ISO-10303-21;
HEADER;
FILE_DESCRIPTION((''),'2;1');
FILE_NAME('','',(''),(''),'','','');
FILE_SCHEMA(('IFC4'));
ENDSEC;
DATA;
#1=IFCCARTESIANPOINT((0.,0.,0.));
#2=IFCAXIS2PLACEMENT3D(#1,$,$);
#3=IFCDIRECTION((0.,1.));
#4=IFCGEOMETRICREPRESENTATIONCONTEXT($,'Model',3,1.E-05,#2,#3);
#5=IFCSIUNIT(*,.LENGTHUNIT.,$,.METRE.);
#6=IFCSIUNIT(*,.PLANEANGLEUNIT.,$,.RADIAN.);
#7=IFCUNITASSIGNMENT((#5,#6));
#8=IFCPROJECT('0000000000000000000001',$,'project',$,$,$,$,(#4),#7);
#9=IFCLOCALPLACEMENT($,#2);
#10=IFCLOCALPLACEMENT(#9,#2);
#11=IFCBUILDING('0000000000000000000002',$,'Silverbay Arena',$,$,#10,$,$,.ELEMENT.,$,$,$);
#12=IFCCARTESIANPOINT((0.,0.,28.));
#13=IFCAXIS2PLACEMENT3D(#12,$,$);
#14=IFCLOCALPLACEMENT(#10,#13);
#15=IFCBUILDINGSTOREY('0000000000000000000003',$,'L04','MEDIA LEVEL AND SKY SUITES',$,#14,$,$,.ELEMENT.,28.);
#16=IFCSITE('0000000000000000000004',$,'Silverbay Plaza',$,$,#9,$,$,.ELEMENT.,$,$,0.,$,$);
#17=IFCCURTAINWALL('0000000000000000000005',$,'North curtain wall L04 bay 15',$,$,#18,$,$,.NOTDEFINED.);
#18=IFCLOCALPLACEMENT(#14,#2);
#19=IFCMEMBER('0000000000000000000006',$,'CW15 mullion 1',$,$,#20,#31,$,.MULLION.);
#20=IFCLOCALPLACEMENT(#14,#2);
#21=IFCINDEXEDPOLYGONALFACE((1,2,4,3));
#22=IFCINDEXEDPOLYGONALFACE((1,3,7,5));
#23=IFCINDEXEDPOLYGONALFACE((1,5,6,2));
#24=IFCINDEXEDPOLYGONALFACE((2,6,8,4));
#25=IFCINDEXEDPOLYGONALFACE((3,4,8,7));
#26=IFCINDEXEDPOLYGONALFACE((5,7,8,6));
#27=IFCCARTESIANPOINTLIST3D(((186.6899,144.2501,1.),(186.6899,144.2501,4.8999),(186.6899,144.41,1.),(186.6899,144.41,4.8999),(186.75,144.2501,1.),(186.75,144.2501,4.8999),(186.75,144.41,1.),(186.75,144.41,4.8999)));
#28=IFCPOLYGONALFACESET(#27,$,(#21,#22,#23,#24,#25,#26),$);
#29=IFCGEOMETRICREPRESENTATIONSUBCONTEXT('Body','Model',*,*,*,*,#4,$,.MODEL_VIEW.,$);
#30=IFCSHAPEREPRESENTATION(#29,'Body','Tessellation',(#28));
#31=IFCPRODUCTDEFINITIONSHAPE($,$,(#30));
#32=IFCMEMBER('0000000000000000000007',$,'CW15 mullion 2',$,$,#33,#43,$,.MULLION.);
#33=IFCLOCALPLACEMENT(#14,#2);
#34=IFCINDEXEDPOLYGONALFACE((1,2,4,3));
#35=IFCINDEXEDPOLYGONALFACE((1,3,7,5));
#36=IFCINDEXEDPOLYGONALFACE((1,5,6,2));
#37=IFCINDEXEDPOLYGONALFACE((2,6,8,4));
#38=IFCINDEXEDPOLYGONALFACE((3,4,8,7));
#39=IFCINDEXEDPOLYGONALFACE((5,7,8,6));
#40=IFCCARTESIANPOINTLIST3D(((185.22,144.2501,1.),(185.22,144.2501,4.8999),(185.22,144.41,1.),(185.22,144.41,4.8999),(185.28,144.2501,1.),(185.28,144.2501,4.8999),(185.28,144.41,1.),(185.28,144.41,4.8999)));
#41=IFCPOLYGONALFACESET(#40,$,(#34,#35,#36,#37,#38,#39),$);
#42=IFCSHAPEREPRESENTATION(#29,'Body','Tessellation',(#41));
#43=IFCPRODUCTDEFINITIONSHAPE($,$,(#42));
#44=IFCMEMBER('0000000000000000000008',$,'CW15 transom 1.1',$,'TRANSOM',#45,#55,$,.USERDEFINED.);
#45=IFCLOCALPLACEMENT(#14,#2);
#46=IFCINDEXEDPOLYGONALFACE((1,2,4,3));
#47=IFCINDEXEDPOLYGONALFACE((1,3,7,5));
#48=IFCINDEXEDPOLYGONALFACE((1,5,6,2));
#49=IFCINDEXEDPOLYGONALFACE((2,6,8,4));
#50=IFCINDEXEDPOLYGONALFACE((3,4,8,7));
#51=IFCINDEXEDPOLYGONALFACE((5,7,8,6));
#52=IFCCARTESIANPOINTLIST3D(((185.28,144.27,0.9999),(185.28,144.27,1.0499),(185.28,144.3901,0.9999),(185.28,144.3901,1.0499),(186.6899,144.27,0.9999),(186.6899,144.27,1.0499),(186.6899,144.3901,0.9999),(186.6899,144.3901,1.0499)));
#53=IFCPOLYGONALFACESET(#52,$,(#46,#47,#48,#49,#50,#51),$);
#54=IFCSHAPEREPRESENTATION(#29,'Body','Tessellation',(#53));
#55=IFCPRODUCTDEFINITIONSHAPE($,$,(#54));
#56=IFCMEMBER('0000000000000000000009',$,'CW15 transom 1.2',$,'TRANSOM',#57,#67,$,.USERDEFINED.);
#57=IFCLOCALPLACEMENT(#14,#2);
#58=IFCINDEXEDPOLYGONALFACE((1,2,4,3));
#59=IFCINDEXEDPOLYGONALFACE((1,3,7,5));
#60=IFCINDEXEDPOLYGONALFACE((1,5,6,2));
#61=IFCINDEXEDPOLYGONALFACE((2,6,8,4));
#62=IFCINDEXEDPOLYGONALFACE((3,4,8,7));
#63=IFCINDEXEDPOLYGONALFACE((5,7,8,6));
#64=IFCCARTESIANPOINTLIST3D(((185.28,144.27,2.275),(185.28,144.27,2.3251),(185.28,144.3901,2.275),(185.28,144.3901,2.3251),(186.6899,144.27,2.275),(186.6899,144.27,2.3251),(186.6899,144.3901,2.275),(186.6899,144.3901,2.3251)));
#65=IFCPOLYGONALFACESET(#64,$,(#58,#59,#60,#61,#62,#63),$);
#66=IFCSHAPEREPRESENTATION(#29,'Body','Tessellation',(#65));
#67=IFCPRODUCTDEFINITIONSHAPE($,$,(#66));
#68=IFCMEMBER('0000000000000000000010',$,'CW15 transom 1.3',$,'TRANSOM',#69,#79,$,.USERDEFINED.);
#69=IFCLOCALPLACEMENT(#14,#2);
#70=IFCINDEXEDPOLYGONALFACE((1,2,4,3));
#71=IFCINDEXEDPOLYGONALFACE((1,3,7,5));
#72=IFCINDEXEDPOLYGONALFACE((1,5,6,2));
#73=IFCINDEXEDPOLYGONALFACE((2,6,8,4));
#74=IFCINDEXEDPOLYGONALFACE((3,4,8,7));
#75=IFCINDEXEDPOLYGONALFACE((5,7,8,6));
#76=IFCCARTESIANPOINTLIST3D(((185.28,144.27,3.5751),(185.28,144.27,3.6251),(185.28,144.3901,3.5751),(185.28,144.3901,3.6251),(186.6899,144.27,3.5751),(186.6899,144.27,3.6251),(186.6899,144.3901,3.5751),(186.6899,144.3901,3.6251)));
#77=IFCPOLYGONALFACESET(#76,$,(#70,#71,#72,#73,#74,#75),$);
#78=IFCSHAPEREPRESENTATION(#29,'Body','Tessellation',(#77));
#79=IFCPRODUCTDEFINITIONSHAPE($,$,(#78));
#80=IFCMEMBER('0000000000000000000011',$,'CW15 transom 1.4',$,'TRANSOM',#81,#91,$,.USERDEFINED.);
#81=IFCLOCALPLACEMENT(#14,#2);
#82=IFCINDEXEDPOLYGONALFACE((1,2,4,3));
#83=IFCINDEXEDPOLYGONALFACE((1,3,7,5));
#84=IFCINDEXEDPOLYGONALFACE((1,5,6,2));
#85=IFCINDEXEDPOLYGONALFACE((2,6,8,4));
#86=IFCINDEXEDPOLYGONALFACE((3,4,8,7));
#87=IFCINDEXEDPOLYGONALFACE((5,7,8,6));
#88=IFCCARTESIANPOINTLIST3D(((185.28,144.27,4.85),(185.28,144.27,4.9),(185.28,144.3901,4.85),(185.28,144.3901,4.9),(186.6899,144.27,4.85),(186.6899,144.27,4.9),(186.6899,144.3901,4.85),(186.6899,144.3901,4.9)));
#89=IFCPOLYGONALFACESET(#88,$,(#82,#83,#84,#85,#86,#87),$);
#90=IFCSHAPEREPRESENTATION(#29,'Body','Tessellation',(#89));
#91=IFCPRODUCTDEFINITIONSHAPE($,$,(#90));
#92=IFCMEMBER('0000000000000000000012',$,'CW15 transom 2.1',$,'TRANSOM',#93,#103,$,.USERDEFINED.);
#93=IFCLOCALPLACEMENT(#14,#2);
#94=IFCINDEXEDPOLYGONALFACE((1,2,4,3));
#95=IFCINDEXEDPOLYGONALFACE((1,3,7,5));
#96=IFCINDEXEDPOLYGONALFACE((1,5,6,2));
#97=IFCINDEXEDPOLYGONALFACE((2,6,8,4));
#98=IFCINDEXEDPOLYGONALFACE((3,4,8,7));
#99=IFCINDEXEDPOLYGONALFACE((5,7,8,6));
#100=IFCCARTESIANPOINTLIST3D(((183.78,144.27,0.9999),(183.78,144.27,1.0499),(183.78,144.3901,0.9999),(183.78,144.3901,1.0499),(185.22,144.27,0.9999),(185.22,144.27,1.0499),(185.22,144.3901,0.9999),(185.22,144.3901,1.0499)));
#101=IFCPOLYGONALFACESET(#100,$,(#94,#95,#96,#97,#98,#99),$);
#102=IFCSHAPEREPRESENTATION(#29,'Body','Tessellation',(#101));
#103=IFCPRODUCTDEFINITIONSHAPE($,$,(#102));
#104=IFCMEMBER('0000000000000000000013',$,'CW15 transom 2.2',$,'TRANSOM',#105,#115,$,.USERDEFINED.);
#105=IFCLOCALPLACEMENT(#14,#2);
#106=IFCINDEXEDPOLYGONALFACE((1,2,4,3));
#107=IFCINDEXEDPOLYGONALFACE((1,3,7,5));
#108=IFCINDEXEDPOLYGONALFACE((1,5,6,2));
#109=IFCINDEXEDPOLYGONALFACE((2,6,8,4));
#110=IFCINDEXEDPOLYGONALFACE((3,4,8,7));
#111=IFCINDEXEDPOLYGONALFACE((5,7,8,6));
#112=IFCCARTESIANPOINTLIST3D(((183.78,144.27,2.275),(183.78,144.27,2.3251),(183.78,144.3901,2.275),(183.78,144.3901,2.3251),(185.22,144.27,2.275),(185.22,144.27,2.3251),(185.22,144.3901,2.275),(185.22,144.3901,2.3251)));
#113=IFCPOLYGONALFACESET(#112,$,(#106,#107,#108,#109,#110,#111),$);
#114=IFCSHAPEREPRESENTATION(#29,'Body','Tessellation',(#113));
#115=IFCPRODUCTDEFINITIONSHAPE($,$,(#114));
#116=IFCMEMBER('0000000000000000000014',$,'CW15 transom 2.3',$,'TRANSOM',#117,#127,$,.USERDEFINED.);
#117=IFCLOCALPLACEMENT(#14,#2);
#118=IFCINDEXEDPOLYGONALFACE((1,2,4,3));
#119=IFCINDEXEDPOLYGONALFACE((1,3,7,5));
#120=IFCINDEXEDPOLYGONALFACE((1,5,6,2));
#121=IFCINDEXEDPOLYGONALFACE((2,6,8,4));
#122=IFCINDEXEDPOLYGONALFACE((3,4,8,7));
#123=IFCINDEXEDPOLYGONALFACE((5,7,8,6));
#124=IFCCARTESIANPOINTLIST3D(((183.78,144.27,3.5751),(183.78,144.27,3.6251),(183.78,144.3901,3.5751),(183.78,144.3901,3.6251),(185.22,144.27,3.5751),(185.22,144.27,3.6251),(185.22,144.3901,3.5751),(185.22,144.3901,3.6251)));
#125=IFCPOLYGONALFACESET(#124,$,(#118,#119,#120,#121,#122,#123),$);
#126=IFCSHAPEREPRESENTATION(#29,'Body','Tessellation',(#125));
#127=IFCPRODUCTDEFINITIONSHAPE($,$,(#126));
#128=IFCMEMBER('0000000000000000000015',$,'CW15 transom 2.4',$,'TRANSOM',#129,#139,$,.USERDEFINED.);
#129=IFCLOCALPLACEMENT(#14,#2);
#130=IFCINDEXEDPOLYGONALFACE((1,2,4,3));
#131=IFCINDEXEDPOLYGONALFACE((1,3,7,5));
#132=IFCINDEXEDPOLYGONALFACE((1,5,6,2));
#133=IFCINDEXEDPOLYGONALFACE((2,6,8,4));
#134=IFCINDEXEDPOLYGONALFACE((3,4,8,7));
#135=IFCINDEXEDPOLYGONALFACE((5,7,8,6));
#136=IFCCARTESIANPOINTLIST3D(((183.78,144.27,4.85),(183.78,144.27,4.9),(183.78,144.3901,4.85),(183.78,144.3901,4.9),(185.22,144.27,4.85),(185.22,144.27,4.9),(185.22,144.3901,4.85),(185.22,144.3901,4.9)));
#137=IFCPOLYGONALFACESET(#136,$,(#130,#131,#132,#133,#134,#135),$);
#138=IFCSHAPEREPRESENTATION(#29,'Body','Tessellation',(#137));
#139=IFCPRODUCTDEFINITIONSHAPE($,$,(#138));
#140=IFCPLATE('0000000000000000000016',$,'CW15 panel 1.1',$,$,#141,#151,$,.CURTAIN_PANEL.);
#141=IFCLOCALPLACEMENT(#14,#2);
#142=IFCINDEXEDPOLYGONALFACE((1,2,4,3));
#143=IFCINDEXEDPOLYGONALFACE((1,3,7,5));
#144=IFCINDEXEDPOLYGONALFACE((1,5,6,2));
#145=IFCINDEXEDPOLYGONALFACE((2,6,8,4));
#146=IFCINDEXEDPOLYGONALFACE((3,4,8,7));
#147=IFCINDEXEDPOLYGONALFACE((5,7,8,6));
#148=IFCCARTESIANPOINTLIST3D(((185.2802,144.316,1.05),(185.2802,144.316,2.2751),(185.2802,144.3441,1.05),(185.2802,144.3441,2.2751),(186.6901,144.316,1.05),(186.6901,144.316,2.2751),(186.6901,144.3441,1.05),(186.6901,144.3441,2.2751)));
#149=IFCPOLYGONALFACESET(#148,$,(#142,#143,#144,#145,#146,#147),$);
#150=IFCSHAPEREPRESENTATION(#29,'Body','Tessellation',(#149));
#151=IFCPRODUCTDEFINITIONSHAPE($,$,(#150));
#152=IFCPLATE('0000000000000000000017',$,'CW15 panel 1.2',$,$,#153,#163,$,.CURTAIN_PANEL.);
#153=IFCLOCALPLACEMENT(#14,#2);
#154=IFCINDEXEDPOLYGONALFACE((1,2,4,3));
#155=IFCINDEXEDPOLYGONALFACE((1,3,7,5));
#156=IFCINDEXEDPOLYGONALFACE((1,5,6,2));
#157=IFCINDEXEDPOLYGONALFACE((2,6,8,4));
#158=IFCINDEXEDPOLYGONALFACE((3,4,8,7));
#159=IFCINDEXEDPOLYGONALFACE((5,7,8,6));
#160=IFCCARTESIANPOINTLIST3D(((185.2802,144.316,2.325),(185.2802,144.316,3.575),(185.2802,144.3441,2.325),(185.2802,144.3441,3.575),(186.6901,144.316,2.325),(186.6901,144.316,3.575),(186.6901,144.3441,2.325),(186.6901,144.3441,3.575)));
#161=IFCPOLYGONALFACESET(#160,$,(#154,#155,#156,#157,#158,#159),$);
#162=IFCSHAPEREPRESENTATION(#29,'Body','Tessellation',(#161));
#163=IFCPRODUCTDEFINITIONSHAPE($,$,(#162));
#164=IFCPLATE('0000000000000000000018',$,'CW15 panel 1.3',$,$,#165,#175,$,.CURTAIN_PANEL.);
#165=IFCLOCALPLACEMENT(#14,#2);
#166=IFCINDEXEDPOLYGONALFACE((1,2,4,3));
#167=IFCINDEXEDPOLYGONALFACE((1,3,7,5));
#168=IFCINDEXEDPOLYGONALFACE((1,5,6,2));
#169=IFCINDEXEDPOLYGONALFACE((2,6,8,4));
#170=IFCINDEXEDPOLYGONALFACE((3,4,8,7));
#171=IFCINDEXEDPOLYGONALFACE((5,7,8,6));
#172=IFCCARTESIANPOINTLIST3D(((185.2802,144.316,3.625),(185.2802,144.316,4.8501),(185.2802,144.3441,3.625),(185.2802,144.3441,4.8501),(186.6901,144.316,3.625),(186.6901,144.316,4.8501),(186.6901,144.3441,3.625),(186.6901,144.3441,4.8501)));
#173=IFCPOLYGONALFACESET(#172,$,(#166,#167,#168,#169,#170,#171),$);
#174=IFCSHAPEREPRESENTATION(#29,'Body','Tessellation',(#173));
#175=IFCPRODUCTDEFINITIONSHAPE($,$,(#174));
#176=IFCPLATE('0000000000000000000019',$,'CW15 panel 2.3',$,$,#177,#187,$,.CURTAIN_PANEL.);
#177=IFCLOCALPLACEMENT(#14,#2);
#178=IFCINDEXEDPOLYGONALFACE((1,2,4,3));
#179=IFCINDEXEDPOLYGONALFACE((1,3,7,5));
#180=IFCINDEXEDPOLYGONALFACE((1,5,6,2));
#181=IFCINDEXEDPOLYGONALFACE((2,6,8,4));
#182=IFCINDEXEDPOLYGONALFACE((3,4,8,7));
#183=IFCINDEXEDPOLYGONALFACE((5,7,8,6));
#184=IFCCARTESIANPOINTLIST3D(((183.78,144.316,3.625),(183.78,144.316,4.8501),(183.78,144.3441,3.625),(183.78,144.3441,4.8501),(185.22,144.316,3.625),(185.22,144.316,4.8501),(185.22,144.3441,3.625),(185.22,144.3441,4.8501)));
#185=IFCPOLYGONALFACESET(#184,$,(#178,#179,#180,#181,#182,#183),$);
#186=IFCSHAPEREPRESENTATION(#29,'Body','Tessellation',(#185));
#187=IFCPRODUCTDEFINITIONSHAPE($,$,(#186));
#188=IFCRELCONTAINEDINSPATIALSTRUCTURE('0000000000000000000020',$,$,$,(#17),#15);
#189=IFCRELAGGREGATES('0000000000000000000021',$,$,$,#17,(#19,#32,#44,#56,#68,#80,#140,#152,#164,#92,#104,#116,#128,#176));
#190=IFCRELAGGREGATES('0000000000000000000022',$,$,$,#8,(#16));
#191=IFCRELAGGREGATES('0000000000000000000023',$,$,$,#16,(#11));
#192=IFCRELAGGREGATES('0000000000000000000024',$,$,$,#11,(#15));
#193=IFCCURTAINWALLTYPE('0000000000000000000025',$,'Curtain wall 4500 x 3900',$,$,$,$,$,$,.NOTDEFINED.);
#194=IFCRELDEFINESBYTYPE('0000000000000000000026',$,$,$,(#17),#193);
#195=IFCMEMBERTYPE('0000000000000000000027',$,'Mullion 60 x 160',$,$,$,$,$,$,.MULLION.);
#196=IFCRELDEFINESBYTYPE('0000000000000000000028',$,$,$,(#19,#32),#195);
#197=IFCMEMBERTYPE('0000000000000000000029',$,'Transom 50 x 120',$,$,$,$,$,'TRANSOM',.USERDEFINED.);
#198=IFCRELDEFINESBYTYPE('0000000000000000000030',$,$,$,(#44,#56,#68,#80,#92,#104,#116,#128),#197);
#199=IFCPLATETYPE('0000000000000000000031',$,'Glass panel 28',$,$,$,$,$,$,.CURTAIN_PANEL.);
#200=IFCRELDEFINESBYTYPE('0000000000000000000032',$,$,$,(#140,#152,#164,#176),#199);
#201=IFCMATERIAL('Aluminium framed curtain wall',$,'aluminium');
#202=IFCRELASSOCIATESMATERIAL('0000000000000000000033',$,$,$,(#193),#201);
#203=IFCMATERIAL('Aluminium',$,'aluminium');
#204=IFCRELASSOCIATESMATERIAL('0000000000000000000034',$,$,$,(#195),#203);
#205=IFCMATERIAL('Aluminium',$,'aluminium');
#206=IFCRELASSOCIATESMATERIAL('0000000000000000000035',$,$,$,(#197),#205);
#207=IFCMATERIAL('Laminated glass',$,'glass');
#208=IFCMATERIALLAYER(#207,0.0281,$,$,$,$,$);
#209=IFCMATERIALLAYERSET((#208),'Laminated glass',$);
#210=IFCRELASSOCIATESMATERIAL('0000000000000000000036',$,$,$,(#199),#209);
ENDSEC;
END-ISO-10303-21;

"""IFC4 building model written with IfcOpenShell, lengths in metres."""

from ifc_helpers import new_model, si_unit, direction, frame, origin, origin_2d, place, context, subcontext, project, spatial, rectangle, extrude, material, layer, layer_set, material_profile, profile_set, type_object, element, aggregate, save


model = new_model("IFC4")

# Units and contexts
model_context = context("Model", 3, precision=1e-05, world=origin(), true_north=direction((0.0, 1.0)))
body_context = subcontext(model_context, "Body", "Model", "MODEL_VIEW")
ifc_project = project(units=[si_unit("LENGTHUNIT", "METRE"), si_unit("PLANEANGLEUNIT", "RADIAN")], contexts=[model_context])

# Site, building, storey
site_placement = place(None, origin())
site = spatial("IfcSite", under=ifc_project, at=site_placement, Name="Silverbay Plaza", CompositionType="ELEMENT", RefElevation=0.0)
building_placement = place(site_placement, origin())
building = spatial("IfcBuilding", under=site, at=building_placement, Name="Silverbay Arena", CompositionType="ELEMENT")
storey_placement = place(building_placement, frame((0.0, 0.0, 28.0)))
storey = spatial("IfcBuildingStorey", under=building, at=storey_placement, Name="L04", Description="MEDIA LEVEL AND SKY SUITES", CompositionType="ELEMENT", Elevation=28.0)

# Curtain wall, members, plates
ifc_material_1 = material(Name="Aluminium framed curtain wall", Category="aluminium")
curtain_wall_type = type_object("IfcCurtainWallType", Name="Curtain wall 4500 x 3900", PredefinedType="NOTDEFINED", material=ifc_material_1)
curtain_wall_placement = place(storey_placement, origin())
curtain_wall = element("IfcCurtainWall", 1, at=curtain_wall_placement, inside=storey, type_object=curtain_wall_type, Name="North curtain wall L04 bay 15", PredefinedType="NOTDEFINED")
ifc_material_2 = material(Name="Aluminium", Category="aluminium")
ifc_material_profile_1 = material_profile(ifc_material_2, rectangle(XDim=0.1599, YDim=0.0601, at=origin_2d()), Name="Mullion 60 x 160")
ifc_profile_set_1 = profile_set([ifc_material_profile_1], Name="Aluminium")
member_type_1 = type_object("IfcMemberType", Name="Mullion 60 x 160", PredefinedType="MULLION", material=ifc_profile_set_1)
member_1_placement = place(storey_placement, frame((186.72, 144.3301, 1.0), z_axis=(0.0, 0.0, 1.0), x_axis=(0.0, -1.0, 0.0)))
member_1 = element("IfcMember", 2, at=member_1_placement, type_object=member_type_1, Name="CW15 mullion 1", PredefinedType="MULLION", context=body_context, shape_type="SweptSolid", body=[
    extrude(rectangle(XDim=0.1599, YDim=0.0601, at=origin_2d()), origin(), (0.0, 0.0, 1.0), 3.8999),
])
member_2_placement = place(storey_placement, frame((185.25, 144.3301, 1.0), z_axis=(0.0, 0.0, 1.0), x_axis=(0.0, -1.0, 0.0)))
member_2 = element("IfcMember", 3, at=member_2_placement, type_object=member_type_1, Name="CW15 mullion 2", PredefinedType="MULLION", context=body_context, shape_type="SweptSolid", body=[
    extrude(rectangle(XDim=0.1599, YDim=0.0601, at=origin_2d()), origin(), (0.0, 0.0, 1.0), 3.8999),
])
ifc_material_3 = material(Name="Aluminium", Category="aluminium")
ifc_material_profile_2 = material_profile(ifc_material_3, rectangle(XDim=0.1201, YDim=0.05, at=origin_2d()), Name="Transom 50 x 120")
ifc_profile_set_2 = profile_set([ifc_material_profile_2], Name="Aluminium")
member_type_2 = type_object("IfcMemberType", Name="Transom 50 x 120", ElementType="TRANSOM", PredefinedType="USERDEFINED", material=ifc_profile_set_2)
member_3_placement = place(storey_placement, frame((186.6899, 144.3301, 1.0249), z_axis=(-1.0, 0.0, 0.0), x_axis=(0.0, -1.0, 0.0)))
member_3 = element("IfcMember", 4, at=member_3_placement, type_object=member_type_2, Name="CW15 transom 1.1", ObjectType="TRANSOM", PredefinedType="USERDEFINED", context=body_context, shape_type="SweptSolid", body=[
    extrude(rectangle(XDim=0.1201, YDim=0.05, at=origin_2d()), origin(), (0.0, 0.0, 1.0), 1.4099),
])
member_4_placement = place(storey_placement, frame((186.6899, 144.3301, 2.3), z_axis=(-1.0, 0.0, 0.0), x_axis=(0.0, -1.0, 0.0)))
member_4 = element("IfcMember", 5, at=member_4_placement, type_object=member_type_2, Name="CW15 transom 1.2", ObjectType="TRANSOM", PredefinedType="USERDEFINED", context=body_context, shape_type="SweptSolid", body=[
    extrude(rectangle(XDim=0.1201, YDim=0.05, at=origin_2d()), origin(), (0.0, 0.0, 1.0), 1.4099),
])
member_5_placement = place(storey_placement, frame((186.6899, 144.3301, 3.6001), z_axis=(-1.0, 0.0, 0.0), x_axis=(0.0, -1.0, 0.0)))
member_5 = element("IfcMember", 6, at=member_5_placement, type_object=member_type_2, Name="CW15 transom 1.3", ObjectType="TRANSOM", PredefinedType="USERDEFINED", context=body_context, shape_type="SweptSolid", body=[
    extrude(rectangle(XDim=0.1201, YDim=0.05, at=origin_2d()), origin(), (0.0, 0.0, 1.0), 1.4099),
])
member_6_placement = place(storey_placement, frame((186.6899, 144.3301, 4.875), z_axis=(-1.0, 0.0, 0.0), x_axis=(0.0, -1.0, 0.0)))
member_6 = element("IfcMember", 7, at=member_6_placement, type_object=member_type_2, Name="CW15 transom 1.4", ObjectType="TRANSOM", PredefinedType="USERDEFINED", context=body_context, shape_type="SweptSolid", body=[
    extrude(rectangle(XDim=0.1201, YDim=0.05, at=origin_2d()), origin(), (0.0, 0.0, 1.0), 1.4099),
])
member_7_placement = place(storey_placement, frame((185.22, 144.3301, 1.0249), z_axis=(-1.0, 0.0, 0.0), x_axis=(0.0, -1.0, 0.0)))
member_7 = element("IfcMember", 8, at=member_7_placement, type_object=member_type_2, Name="CW15 transom 2.1", ObjectType="TRANSOM", PredefinedType="USERDEFINED", context=body_context, shape_type="SweptSolid", body=[
    extrude(rectangle(XDim=0.1201, YDim=0.05, at=origin_2d()), origin(), (0.0, 0.0, 1.0), 1.4399),
])
member_8_placement = place(storey_placement, frame((185.22, 144.3301, 2.3), z_axis=(-1.0, 0.0, 0.0), x_axis=(0.0, -1.0, 0.0)))
member_8 = element("IfcMember", 9, at=member_8_placement, type_object=member_type_2, Name="CW15 transom 2.2", ObjectType="TRANSOM", PredefinedType="USERDEFINED", context=body_context, shape_type="SweptSolid", body=[
    extrude(rectangle(XDim=0.1201, YDim=0.05, at=origin_2d()), origin(), (0.0, 0.0, 1.0), 1.4399),
])
member_9_placement = place(storey_placement, frame((185.22, 144.3301, 3.6001), z_axis=(-1.0, 0.0, 0.0), x_axis=(0.0, -1.0, 0.0)))
member_9 = element("IfcMember", 10, at=member_9_placement, type_object=member_type_2, Name="CW15 transom 2.3", ObjectType="TRANSOM", PredefinedType="USERDEFINED", context=body_context, shape_type="SweptSolid", body=[
    extrude(rectangle(XDim=0.1201, YDim=0.05, at=origin_2d()), origin(), (0.0, 0.0, 1.0), 1.4399),
])
member_10_placement = place(storey_placement, frame((185.22, 144.3301, 4.875), z_axis=(-1.0, 0.0, 0.0), x_axis=(0.0, -1.0, 0.0)))
member_10 = element("IfcMember", 11, at=member_10_placement, type_object=member_type_2, Name="CW15 transom 2.4", ObjectType="TRANSOM", PredefinedType="USERDEFINED", context=body_context, shape_type="SweptSolid", body=[
    extrude(rectangle(XDim=0.1201, YDim=0.05, at=origin_2d()), origin(), (0.0, 0.0, 1.0), 1.4399),
])
ifc_material_4 = material(Name="Laminated glass", Category="glass")
ifc_layer_1 = layer(ifc_material_4, 0.0281)
ifc_layer_set_1 = layer_set([ifc_layer_1], Name="Laminated glass")
plate_type = type_object("IfcPlateType", Name="Glass panel 28", PredefinedType="CURTAIN_PANEL", material=ifc_layer_set_1)
plate_1_placement = place(storey_placement, frame((185.9851, 144.3301, 1.05), z_axis=(0.0, 0.0, 1.0), x_axis=(-1.0, 0.0, 0.0)))
plate_1 = element("IfcPlate", 12, at=plate_1_placement, type_object=plate_type, Name="CW15 panel 1.1", PredefinedType="CURTAIN_PANEL", context=body_context, shape_type="SweptSolid", body=[
    extrude(rectangle(XDim=1.4099, YDim=0.0281, at=origin_2d()), origin(), (0.0, 0.0, 1.0), 1.2251),
])
plate_2_placement = place(storey_placement, frame((185.9851, 144.3301, 2.325), z_axis=(0.0, 0.0, 1.0), x_axis=(-1.0, 0.0, 0.0)))
plate_2 = element("IfcPlate", 13, at=plate_2_placement, type_object=plate_type, Name="CW15 panel 1.2", PredefinedType="CURTAIN_PANEL", context=body_context, shape_type="SweptSolid", body=[
    extrude(rectangle(XDim=1.4099, YDim=0.0281, at=origin_2d()), origin(), (0.0, 0.0, 1.0), 1.25),
])
plate_3_placement = place(storey_placement, frame((185.9851, 144.3301, 3.625), z_axis=(0.0, 0.0, 1.0), x_axis=(-1.0, 0.0, 0.0)))
plate_3 = element("IfcPlate", 14, at=plate_3_placement, type_object=plate_type, Name="CW15 panel 1.3", PredefinedType="CURTAIN_PANEL", context=body_context, shape_type="SweptSolid", body=[
    extrude(rectangle(XDim=1.4099, YDim=0.0281, at=origin_2d()), origin(), (0.0, 0.0, 1.0), 1.2251),
])
plate_4_placement = place(storey_placement, frame((184.5, 144.3301, 3.625), z_axis=(0.0, 0.0, 1.0), x_axis=(-1.0, 0.0, 0.0)))
plate_4 = element("IfcPlate", 15, at=plate_4_placement, type_object=plate_type, Name="CW15 panel 2.3", PredefinedType="CURTAIN_PANEL", context=body_context, shape_type="SweptSolid", body=[
    extrude(rectangle(XDim=1.4399, YDim=0.0281, at=origin_2d()), origin(), (0.0, 0.0, 1.0), 1.2251),
])
aggregate(curtain_wall, [member_1, member_2, member_3, member_4, member_5, member_6, plate_1, plate_2, plate_3, member_7, member_8, member_9, member_10, plate_4])

save(model, "model.ifc")
